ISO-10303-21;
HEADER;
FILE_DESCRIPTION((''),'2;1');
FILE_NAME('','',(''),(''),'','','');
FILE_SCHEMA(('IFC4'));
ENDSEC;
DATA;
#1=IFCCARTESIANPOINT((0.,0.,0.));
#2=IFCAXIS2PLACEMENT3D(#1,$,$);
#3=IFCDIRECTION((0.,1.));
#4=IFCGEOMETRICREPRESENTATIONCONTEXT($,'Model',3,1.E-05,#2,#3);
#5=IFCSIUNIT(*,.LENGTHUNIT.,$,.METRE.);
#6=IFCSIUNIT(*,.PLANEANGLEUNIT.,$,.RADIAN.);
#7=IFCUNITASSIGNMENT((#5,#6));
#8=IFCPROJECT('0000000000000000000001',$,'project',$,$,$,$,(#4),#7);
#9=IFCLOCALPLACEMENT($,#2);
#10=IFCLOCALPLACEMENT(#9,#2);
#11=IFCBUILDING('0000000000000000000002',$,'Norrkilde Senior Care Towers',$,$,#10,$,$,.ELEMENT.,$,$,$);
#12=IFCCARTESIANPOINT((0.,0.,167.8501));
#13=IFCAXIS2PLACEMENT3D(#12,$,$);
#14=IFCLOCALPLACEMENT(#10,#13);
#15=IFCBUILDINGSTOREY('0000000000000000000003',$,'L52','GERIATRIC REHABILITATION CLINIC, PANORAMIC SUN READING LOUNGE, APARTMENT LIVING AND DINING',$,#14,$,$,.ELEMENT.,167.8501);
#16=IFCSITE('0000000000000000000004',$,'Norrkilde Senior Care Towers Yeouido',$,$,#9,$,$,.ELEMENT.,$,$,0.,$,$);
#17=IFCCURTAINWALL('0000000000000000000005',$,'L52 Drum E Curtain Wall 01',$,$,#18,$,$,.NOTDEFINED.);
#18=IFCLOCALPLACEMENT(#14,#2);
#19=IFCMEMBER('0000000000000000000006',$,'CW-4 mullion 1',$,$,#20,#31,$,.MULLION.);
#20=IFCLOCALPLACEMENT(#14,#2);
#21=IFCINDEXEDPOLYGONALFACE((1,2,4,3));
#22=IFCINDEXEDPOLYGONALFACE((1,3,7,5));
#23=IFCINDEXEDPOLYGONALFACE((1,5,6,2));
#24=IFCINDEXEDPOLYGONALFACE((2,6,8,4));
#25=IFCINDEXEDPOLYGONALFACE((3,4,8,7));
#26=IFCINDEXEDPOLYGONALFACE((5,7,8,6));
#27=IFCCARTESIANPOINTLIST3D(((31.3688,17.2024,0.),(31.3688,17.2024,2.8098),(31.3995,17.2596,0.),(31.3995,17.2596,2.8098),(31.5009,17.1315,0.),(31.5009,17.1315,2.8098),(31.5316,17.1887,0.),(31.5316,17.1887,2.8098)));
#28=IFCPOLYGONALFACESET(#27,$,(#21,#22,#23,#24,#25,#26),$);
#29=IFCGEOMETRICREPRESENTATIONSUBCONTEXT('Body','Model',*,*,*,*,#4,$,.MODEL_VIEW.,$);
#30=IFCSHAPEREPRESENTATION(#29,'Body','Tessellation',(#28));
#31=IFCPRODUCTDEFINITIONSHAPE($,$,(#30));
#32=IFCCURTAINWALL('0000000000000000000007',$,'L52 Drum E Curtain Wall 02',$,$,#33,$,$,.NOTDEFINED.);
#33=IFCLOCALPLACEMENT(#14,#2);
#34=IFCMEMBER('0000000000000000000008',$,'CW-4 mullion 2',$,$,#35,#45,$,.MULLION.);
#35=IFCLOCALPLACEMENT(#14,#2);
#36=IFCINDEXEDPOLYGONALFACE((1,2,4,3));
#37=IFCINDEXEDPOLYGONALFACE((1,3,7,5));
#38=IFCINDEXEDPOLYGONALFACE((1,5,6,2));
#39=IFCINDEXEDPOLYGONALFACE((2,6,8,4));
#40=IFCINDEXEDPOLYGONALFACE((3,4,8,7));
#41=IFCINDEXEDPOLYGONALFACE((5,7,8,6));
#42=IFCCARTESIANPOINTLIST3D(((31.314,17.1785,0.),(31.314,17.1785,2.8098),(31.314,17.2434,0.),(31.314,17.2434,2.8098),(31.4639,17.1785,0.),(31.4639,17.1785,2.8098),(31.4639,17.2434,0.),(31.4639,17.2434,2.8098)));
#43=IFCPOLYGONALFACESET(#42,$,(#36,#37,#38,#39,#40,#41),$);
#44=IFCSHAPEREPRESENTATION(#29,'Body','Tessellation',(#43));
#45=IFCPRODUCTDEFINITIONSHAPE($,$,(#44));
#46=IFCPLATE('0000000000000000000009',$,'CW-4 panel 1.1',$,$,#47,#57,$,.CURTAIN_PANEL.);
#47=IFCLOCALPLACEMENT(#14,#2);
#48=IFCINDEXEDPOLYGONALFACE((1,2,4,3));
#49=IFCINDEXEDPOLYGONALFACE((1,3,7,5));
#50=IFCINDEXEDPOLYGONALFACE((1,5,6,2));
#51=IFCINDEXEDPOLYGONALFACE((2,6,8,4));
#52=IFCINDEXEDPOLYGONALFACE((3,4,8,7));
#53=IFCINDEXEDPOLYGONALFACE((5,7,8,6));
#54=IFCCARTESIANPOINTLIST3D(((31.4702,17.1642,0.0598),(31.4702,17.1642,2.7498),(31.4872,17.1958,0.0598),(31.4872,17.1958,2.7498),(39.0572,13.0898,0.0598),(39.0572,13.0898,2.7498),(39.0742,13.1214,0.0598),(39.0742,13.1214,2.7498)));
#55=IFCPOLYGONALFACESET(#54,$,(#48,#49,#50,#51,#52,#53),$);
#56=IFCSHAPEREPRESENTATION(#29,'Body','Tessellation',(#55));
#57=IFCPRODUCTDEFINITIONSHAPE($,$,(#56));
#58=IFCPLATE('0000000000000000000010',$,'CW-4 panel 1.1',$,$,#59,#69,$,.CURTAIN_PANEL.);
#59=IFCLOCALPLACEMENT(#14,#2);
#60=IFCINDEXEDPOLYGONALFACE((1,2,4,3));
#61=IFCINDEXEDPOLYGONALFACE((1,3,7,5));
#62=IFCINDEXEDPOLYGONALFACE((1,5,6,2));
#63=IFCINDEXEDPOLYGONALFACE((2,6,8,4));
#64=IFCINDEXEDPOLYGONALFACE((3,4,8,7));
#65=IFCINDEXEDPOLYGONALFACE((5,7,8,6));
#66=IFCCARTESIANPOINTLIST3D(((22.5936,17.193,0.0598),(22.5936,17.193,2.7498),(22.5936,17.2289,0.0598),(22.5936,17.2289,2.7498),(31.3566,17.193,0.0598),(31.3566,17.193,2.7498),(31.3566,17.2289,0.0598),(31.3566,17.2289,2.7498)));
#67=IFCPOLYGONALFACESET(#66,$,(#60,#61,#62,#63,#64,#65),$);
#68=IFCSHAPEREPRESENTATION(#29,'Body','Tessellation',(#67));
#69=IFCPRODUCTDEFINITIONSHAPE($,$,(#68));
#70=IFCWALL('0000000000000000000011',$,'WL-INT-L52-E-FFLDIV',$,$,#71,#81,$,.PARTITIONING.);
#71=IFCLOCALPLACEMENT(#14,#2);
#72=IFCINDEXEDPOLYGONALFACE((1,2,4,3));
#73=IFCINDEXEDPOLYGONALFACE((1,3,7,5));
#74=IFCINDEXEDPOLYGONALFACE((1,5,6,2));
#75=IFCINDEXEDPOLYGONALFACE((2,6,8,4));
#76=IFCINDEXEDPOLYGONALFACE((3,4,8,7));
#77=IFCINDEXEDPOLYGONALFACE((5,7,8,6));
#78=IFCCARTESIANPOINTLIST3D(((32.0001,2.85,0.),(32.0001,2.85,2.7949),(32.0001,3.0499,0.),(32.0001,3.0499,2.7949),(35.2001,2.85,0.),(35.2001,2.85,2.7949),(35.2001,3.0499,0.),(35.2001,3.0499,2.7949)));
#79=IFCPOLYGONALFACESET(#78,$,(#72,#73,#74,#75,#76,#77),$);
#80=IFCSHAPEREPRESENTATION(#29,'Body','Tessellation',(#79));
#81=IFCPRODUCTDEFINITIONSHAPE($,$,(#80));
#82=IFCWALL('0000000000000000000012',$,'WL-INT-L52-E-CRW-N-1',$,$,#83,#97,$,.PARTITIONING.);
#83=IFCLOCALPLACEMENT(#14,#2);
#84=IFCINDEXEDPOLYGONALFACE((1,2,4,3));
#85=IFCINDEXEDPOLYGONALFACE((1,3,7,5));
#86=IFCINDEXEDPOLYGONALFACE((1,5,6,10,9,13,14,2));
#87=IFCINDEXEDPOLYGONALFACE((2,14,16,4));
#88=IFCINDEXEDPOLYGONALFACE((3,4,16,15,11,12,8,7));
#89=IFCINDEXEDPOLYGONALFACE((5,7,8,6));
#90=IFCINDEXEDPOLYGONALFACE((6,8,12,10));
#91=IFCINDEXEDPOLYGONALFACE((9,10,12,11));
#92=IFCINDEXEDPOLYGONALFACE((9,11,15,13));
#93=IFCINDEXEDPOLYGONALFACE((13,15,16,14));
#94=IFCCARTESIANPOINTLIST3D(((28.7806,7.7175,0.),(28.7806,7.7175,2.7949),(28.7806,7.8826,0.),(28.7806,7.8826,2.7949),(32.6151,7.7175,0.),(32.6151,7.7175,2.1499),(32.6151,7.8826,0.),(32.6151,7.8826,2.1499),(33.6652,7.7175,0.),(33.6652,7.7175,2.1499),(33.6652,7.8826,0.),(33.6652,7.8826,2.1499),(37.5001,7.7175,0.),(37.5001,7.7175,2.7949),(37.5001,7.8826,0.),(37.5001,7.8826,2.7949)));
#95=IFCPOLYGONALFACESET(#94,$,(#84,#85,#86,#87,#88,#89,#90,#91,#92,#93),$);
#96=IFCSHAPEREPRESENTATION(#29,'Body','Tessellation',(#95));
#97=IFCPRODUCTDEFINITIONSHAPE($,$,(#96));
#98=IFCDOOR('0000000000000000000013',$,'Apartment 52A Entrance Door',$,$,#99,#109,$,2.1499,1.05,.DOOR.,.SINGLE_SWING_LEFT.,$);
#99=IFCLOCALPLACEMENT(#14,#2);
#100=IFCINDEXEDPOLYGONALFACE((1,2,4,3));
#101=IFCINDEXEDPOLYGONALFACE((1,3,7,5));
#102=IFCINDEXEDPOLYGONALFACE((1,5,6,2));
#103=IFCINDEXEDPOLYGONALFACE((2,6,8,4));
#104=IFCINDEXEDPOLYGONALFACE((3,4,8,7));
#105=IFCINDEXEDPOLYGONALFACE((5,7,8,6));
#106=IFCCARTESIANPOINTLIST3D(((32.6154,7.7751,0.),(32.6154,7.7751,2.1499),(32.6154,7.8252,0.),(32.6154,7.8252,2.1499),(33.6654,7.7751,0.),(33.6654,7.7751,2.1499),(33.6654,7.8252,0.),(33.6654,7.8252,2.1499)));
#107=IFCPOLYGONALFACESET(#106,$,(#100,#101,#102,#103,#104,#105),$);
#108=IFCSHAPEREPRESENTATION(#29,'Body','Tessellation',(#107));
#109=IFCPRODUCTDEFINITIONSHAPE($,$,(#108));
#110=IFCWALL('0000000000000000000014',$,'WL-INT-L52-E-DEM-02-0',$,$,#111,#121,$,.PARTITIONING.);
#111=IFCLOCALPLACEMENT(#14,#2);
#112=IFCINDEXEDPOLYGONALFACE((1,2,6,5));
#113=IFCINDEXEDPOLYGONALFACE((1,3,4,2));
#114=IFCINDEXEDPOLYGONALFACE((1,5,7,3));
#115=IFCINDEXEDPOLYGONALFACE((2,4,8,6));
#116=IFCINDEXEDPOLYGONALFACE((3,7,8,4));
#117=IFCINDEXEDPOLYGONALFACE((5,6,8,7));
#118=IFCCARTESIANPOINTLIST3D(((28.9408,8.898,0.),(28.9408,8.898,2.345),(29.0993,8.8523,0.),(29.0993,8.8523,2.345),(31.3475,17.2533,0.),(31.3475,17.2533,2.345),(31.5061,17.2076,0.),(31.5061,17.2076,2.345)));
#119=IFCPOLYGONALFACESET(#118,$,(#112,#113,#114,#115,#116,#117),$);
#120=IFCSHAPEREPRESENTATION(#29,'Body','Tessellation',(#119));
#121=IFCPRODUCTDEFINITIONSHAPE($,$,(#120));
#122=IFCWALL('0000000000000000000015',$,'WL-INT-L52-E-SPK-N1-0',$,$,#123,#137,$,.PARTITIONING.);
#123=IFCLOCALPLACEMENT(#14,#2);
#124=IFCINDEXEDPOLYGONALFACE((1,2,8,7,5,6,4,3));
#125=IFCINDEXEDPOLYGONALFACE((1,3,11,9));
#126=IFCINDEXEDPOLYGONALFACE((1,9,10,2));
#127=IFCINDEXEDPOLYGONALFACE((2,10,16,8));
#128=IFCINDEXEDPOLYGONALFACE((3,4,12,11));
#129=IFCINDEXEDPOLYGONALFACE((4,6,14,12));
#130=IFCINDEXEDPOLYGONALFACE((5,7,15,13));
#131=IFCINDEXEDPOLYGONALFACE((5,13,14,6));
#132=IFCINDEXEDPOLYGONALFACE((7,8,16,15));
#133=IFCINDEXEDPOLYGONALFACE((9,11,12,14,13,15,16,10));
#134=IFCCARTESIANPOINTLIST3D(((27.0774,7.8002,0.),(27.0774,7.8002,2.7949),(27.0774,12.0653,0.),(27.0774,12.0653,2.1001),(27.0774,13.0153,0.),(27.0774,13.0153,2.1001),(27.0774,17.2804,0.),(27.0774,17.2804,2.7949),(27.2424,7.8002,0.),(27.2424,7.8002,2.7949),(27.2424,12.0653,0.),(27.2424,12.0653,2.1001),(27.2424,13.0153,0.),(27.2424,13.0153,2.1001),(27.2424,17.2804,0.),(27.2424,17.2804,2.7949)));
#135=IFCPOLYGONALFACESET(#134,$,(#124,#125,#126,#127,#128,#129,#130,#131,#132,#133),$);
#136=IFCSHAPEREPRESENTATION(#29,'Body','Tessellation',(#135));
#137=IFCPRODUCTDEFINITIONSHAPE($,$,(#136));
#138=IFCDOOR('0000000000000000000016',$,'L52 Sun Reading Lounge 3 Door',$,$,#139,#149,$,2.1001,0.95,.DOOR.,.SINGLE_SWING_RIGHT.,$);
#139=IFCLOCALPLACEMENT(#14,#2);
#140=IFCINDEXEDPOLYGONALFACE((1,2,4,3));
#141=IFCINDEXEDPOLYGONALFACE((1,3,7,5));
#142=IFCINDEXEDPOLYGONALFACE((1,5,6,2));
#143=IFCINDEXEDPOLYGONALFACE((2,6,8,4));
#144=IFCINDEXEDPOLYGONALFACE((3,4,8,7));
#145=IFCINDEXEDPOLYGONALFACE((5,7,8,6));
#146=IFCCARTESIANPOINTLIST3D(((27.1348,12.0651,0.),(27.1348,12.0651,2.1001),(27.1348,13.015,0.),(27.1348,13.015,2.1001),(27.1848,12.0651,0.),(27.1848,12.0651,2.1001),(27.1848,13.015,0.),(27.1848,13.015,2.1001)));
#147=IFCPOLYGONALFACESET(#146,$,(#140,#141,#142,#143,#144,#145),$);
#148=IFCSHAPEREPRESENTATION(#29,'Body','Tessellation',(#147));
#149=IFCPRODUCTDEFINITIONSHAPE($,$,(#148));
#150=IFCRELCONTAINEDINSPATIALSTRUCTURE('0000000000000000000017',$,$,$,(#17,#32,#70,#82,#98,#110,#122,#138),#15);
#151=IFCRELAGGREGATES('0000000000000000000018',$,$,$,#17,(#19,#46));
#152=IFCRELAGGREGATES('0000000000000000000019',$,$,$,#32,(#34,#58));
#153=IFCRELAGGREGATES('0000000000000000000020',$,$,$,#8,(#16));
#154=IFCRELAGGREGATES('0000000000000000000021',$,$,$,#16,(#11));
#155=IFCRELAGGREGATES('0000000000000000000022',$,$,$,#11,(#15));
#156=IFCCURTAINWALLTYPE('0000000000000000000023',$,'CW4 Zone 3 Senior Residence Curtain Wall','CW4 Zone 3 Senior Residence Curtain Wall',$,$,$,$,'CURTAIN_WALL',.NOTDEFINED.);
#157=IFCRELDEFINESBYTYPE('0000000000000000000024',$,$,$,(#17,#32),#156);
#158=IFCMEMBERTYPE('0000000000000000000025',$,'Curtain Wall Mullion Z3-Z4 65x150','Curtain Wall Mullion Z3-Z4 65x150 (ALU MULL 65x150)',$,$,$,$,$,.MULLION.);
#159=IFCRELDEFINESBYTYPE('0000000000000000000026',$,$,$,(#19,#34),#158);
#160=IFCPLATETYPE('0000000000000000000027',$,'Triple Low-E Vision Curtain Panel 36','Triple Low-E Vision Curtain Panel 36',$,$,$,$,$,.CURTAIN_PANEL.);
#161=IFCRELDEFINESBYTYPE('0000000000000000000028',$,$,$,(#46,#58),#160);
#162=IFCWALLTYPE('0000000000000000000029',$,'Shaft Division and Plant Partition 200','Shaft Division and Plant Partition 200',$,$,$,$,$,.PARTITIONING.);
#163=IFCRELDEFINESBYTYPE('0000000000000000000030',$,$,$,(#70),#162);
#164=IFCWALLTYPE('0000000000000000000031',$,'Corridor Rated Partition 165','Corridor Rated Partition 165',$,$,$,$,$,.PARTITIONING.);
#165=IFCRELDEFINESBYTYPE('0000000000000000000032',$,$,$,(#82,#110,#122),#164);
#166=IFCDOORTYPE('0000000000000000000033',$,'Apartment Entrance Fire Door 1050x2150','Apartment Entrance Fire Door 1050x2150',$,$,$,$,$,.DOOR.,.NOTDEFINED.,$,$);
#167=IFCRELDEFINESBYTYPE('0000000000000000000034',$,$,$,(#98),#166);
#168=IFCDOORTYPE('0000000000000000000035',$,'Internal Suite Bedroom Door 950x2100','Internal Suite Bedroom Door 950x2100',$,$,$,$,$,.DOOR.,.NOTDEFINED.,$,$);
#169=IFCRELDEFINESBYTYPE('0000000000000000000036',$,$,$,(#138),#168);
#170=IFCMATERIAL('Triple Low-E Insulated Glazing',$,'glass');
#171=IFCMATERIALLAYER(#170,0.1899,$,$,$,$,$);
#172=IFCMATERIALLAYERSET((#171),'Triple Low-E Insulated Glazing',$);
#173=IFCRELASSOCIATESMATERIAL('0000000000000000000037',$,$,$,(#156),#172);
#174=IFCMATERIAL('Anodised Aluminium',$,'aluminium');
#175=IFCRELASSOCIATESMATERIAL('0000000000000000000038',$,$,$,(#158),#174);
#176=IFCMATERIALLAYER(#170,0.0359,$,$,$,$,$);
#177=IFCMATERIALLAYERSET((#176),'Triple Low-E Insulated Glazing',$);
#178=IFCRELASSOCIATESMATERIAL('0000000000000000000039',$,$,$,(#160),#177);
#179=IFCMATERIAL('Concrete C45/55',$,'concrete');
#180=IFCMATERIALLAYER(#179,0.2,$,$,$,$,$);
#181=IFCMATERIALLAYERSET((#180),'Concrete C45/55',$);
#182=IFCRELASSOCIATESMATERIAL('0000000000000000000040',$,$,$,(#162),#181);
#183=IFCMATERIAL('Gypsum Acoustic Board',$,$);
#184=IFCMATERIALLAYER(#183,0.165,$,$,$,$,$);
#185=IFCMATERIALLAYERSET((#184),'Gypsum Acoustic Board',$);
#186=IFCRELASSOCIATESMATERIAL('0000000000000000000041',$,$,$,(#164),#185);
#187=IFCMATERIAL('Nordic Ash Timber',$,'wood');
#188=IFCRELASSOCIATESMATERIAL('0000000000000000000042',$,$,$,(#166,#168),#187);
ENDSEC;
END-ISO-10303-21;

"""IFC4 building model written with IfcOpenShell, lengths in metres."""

from ifc_helpers import new_model, si_unit, direction, frame, frame_2d, origin, origin_2d, place, context, subcontext, project, spatial, rectangle, extrude, source, transform, mapped, material, layer, layer_set, material_profile, profile_set, type_object, type_shapes, element, fill, aggregate, save


model = new_model("IFC4")

# Units and contexts
model_context = context("Model", 3, precision=1e-05, world=origin(), true_north=direction((0.0, 1.0)))
body_context = subcontext(model_context, "Body", "Model", "MODEL_VIEW")
ifc_project = project(units=[si_unit("LENGTHUNIT", "METRE"), si_unit("PLANEANGLEUNIT", "RADIAN")], contexts=[model_context])

# Site, building, storey
site_placement = place(None, origin())
site = spatial("IfcSite", under=ifc_project, at=site_placement, Name="Norrkilde Senior Care Towers Yeouido", CompositionType="ELEMENT", RefElevation=0.0)
building_placement = place(site_placement, origin())
building = spatial("IfcBuilding", under=site, at=building_placement, Name="Norrkilde Senior Care Towers", CompositionType="ELEMENT")
storey_placement = place(building_placement, frame((0.0, 0.0, 167.8501)))
storey = spatial("IfcBuildingStorey", under=building, at=storey_placement, Name="L52", Description="GERIATRIC REHABILITATION CLINIC, PANORAMIC SUN READING LOUNGE, APARTMENT LIVING AND DINING", CompositionType="ELEMENT", Elevation=167.8501)

# Curtain wall, member
ifc_material_1 = material(Name="Triple Low-E Insulated Glazing", Category="glass")
ifc_layer_1 = layer(ifc_material_1, 0.1899)
ifc_layer_set_1 = layer_set([ifc_layer_1], Name="Triple Low-E Insulated Glazing")
curtain_wall_type = type_object("IfcCurtainWallType", Name="CW4 Zone 3 Senior Residence Curtain Wall", Description="CW4 Zone 3 Senior Residence Curtain Wall", ElementType="CURTAIN_WALL", PredefinedType="NOTDEFINED", material=ifc_layer_set_1)
curtain_wall_1_placement = place(storey_placement, origin())
curtain_wall_1 = element("IfcCurtainWall", 1, at=curtain_wall_1_placement, inside=storey, type_object=curtain_wall_type, Name="L52 Drum E Curtain Wall 01", PredefinedType="NOTDEFINED")
ifc_material_2 = material(Name="Anodised Aluminium", Category="aluminium")
ifc_material_profile_1 = material_profile(ifc_material_2, rectangle(XDim=0.0649, YDim=0.1499, at=origin_2d()), Name="ALU MULL 65x150")
ifc_profile_set_1 = profile_set([ifc_material_profile_1], Name="Anodised Aluminium")
member_type_1 = type_object("IfcMemberType", Name="Curtain Wall Mullion Z3-Z4 65x150", Description="Curtain Wall Mullion Z3-Z4 65x150 (ALU MULL 65x150)", PredefinedType="MULLION", material=ifc_profile_set_1)
shared_shape_1 = source(origin(), body_context, "Body", "SweptSolid", [
    extrude(rectangle(XDim=0.0649, YDim=0.1499, at=origin_2d()), origin(), (0.0, 0.0, 1.0), 2.8098),
])
type_shapes(member_type_1, [shared_shape_1])
member_1_placement = place(storey_placement, frame((31.4502, 17.1956, 0.0), z_axis=(0.0, 0.0, 1.0), x_axis=(0.473117, 0.881, 0.0)))
member_1 = element("IfcMember", 2, at=member_1_placement, type_object=member_type_1, Name="CW-4 mullion 1", PredefinedType="MULLION", context=body_context, shape_type="MappedRepresentation", body=[
    mapped(shared_shape_1, transform((0.0, 0.0, 0.0), x_axis=(1.0, 0.0, 0.0), y_axis=(0.0, 1.0, 0.0), z_axis=(0.0, 0.0, 1.0), scale=1.0)),
])

# Curtain wall, member
curtain_wall_2_placement = place(storey_placement, origin())
curtain_wall_2 = element("IfcCurtainWall", 3, at=curtain_wall_2_placement, inside=storey, type_object=curtain_wall_type, Name="L52 Drum E Curtain Wall 02", PredefinedType="NOTDEFINED")
member_2_placement = place(storey_placement, frame((31.3889, 17.2109, 0.0), z_axis=(0.0, 0.0, 1.0), x_axis=(0.0, 1.0, 0.0)))
member_2 = element("IfcMember", 4, at=member_2_placement, type_object=member_type_1, Name="CW-4 mullion 2", PredefinedType="MULLION", context=body_context, shape_type="MappedRepresentation", body=[
    mapped(shared_shape_1, transform((0.0, 0.0, 0.0), x_axis=(1.0, 0.0, 0.0), y_axis=(0.0, 1.0, 0.0), z_axis=(0.0, 0.0, 1.0), scale=1.0)),
])

# Plates
ifc_layer_2 = layer(ifc_material_1, 0.0359)
ifc_layer_set_2 = layer_set([ifc_layer_2], Name="Triple Low-E Insulated Glazing")
plate_type = type_object("IfcPlateType", Name="Triple Low-E Vision Curtain Panel 36", Description="Triple Low-E Vision Curtain Panel 36", PredefinedType="CURTAIN_PANEL", material=ifc_layer_set_2)
shared_shape_2 = source(origin(), body_context, "Body", "SweptSolid", [
    extrude(rectangle(XDim=8.6118, YDim=0.0359, at=origin_2d()), origin(), (0.0, 0.0, 1.0), 2.6899),
])
plate_1_placement = place(storey_placement, frame((35.2722, 15.1428, 0.0598), z_axis=(0.0, 0.0, 1.0), x_axis=(0.881, -0.473117, 0.0)))
plate_1 = element("IfcPlate", 5, at=plate_1_placement, type_object=plate_type, Name="CW-4 panel 1.1", PredefinedType="CURTAIN_PANEL", context=body_context, shape_type="MappedRepresentation", body=[
    mapped(shared_shape_2, transform((0.0, 0.0, 0.0), x_axis=(1.0, 0.0, 0.0), y_axis=(0.0, 1.0, 0.0), z_axis=(0.0, 0.0, 1.0), scale=1.0)),
])
aggregate(curtain_wall_1, [member_1, plate_1])
shared_shape_3 = source(origin(), body_context, "Body", "SweptSolid", [
    extrude(rectangle(XDim=8.7629, YDim=0.0359, at=origin_2d()), origin(), (0.0, 0.0, 1.0), 2.6899),
])
type_shapes(plate_type, [shared_shape_2, shared_shape_3])
plate_2_placement = place(storey_placement, frame((26.9751, 17.2109, 0.0598), z_axis=(0.0, 0.0, 1.0), x_axis=(1.0, 0.0, 0.0)))
plate_2 = element("IfcPlate", 6, at=plate_2_placement, type_object=plate_type, Name="CW-4 panel 1.1", PredefinedType="CURTAIN_PANEL", context=body_context, shape_type="MappedRepresentation", body=[
    mapped(shared_shape_3, transform((0.0, 0.0, 0.0), x_axis=(1.0, 0.0, 0.0), y_axis=(0.0, 1.0, 0.0), z_axis=(0.0, 0.0, 1.0), scale=1.0)),
])
aggregate(curtain_wall_2, [member_2, plate_2])

# Wall
ifc_material_3 = material(Name="Concrete C45/55", Category="concrete")
ifc_layer_3 = layer(ifc_material_3, 0.2)
ifc_layer_set_3 = layer_set([ifc_layer_3], Name="Concrete C45/55")
wall_type_1 = type_object("IfcWallType", Name="Shaft Division and Plant Partition 200", Description="Shaft Division and Plant Partition 200", PredefinedType="PARTITIONING", material=ifc_layer_set_3)
shared_shape_4 = source(origin(), body_context, "Body", "SweptSolid", [
    extrude(rectangle(XDim=3.2, YDim=0.2, at=frame_2d((1.6001, 0.0))), origin(), (0.0, 0.0, 1.0), 2.7949),
])
type_shapes(wall_type_1, [shared_shape_4])
wall_1_placement = place(storey_placement, frame((32.0, 2.95, 0.0), z_axis=(0.0, 0.0, 1.0), x_axis=(1.0, 0.0, 0.0)))
element("IfcWall", 7, at=wall_1_placement, inside=storey, type_object=wall_type_1, Name="WL-INT-L52-E-FFLDIV", PredefinedType="PARTITIONING", context=body_context, shape_type="MappedRepresentation", body=[
    mapped(shared_shape_4, transform((0.0, 0.0, 0.0), x_axis=(1.0, 0.0, 0.0), y_axis=(0.0, 1.0, 0.0), z_axis=(0.0, 0.0, 1.0), scale=1.0)),
])

# Wall, opening, door
ifc_material_4 = material(Name="Gypsum Acoustic Board")
ifc_layer_4 = layer(ifc_material_4, 0.165)
ifc_layer_set_4 = layer_set([ifc_layer_4], Name="Gypsum Acoustic Board")
wall_type_2 = type_object("IfcWallType", Name="Corridor Rated Partition 165", Description="Corridor Rated Partition 165", PredefinedType="PARTITIONING", material=ifc_layer_set_4)
shared_shape_5 = source(origin(), body_context, "Body", "SweptSolid", [
    extrude(rectangle(XDim=8.7195, YDim=0.165, at=frame_2d((4.3599, 0.0))), origin(), (0.0, 0.0, 1.0), 2.7949),
])
wall_2_placement = place(storey_placement, frame((28.7805, 7.8, 0.0), z_axis=(0.0, 0.0, 1.0), x_axis=(1.0, 0.0, 0.0)))
wall_2 = element("IfcWall", 8, at=wall_2_placement, inside=storey, type_object=wall_type_2, Name="WL-INT-L52-E-CRW-N-1", PredefinedType="PARTITIONING", context=body_context, shape_type="MappedRepresentation", body=[
    mapped(shared_shape_5, transform((0.0, 0.0, 0.0), x_axis=(1.0, 0.0, 0.0), y_axis=(0.0, 1.0, 0.0), z_axis=(0.0, 0.0, 1.0), scale=1.0)),
])
opening_1_placement = place(wall_2_placement, frame((3.8347, 0.0, 0.0)))
opening_1 = element("IfcOpeningElement", 9, at=opening_1_placement, cuts=wall_2, PredefinedType="OPENING", context=body_context, shape_type="SweptSolid", body=[
    extrude(rectangle(XDim=1.05, YDim=2.1499, at=frame_2d((0.5249, 1.075))), frame((0.0, 0.0925, 0.0), z_axis=(0.0, -1.0, 0.0), x_axis=(1.0, 0.0, 0.0)), (0.0, 0.0, 1.0), 0.1851),
])
ifc_material_5 = material(Name="Nordic Ash Timber", Category="wood")
door_type_1 = type_object("IfcDoorType", Name="Apartment Entrance Fire Door 1050x2150", Description="Apartment Entrance Fire Door 1050x2150", OperationType="NOTDEFINED", PredefinedType="DOOR", material=ifc_material_5)
shared_shape_6 = source(origin(), body_context, "Body", "SweptSolid", [
    extrude(rectangle(XDim=1.05, YDim=2.1499, at=frame_2d((0.5249, 1.075))), frame((0.0, 0.0249, 0.0), z_axis=(0.0, -1.0, 0.0), x_axis=(1.0, 0.0, 0.0)), (0.0, 0.0, 1.0), 0.05),
])
type_shapes(door_type_1, [shared_shape_6])
door_1_placement = place(opening_1_placement, frame((1.05, 0.0, 0.0), z_axis=(0.0, 0.0, 1.0), x_axis=(-1.0, 0.0, 0.0)))
door_1 = element("IfcDoor", 10, at=door_1_placement, inside=storey, type_object=door_type_1, Name="Apartment 52A Entrance Door", OperationType="SINGLE_SWING_LEFT", OverallHeight=2.1499, OverallWidth=1.05, PredefinedType="DOOR", context=body_context, shape_type="MappedRepresentation", body=[
    mapped(shared_shape_6, transform((0.0, 0.0, 0.0), x_axis=(1.0, 0.0, 0.0), y_axis=(0.0, 1.0, 0.0), z_axis=(0.0, 0.0, 1.0), scale=1.0)),
])
fill(opening_1, door_1)

# Wall
shared_shape_7 = source(origin(), body_context, "Body", "SweptSolid", [
    extrude(rectangle(XDim=8.6951, YDim=0.165, at=frame_2d((4.3477, 0.0))), origin(), (0.0, 0.0, 1.0), 2.345),
])
wall_3_placement = place(storey_placement, frame((29.02, 8.875, 0.0), z_axis=(0.0, 0.0, 1.0), x_axis=(0.276797, 0.960928, 0.0)))
element("IfcWall", 11, at=wall_3_placement, inside=storey, type_object=wall_type_2, Name="WL-INT-L52-E-DEM-02-0", PredefinedType="PARTITIONING", context=body_context, shape_type="MappedRepresentation", body=[
    mapped(shared_shape_7, transform((0.0, 0.0, 0.0), x_axis=(1.0, 0.0, 0.0), y_axis=(0.0, 1.0, 0.0), z_axis=(0.0, 0.0, 1.0), scale=1.0)),
])

# Wall, opening, door
shared_shape_8 = source(origin(), body_context, "Body", "SweptSolid", [
    extrude(rectangle(XDim=9.4802, YDim=0.165, at=frame_2d((4.7402, 0.0))), origin(), (0.0, 0.0, 1.0), 2.7949),
])
type_shapes(wall_type_2, [shared_shape_5, shared_shape_7, shared_shape_8])
wall_4_placement = place(storey_placement, frame((27.1599, 7.8, 0.0), z_axis=(0.0, 0.0, 1.0), x_axis=(0.0, 1.0, 0.0)))
wall_4 = element("IfcWall", 12, at=wall_4_placement, inside=storey, type_object=wall_type_2, Name="WL-INT-L52-E-SPK-N1-0", PredefinedType="PARTITIONING", context=body_context, shape_type="MappedRepresentation", body=[
    mapped(shared_shape_8, transform((0.0, 0.0, 0.0), x_axis=(1.0, 0.0, 0.0), y_axis=(0.0, 1.0, 0.0), z_axis=(0.0, 0.0, 1.0), scale=1.0)),
])
opening_2_placement = place(wall_4_placement, frame((4.2651, 0.0, 0.0)))
opening_2 = element("IfcOpeningElement", 13, at=opening_2_placement, cuts=wall_4, PredefinedType="OPENING", context=body_context, shape_type="SweptSolid", body=[
    extrude(rectangle(XDim=0.95, YDim=2.1001, at=frame_2d((0.4751, 1.05))), frame((0.0, 0.0925, 0.0), z_axis=(0.0, -1.0, 0.0), x_axis=(1.0, 0.0, 0.0)), (0.0, 0.0, 1.0), 0.1851),
])
door_type_2 = type_object("IfcDoorType", Name="Internal Suite Bedroom Door 950x2100", Description="Internal Suite Bedroom Door 950x2100", OperationType="NOTDEFINED", PredefinedType="DOOR", material=ifc_material_5)
shared_shape_9 = source(origin(), body_context, "Body", "SweptSolid", [
    extrude(rectangle(XDim=0.95, YDim=2.1001, at=frame_2d((0.4751, 1.05))), frame((0.0, 0.0249, 0.0), z_axis=(0.0, -1.0, 0.0), x_axis=(1.0, 0.0, 0.0)), (0.0, 0.0, 1.0), 0.05),
])
type_shapes(door_type_2, [shared_shape_9])
door_2_placement = place(opening_2_placement, frame((0.95, 0.0, 0.0), z_axis=(0.0, 0.0, 1.0), x_axis=(-1.0, 0.0, 0.0)))
door_2 = element("IfcDoor", 14, at=door_2_placement, inside=storey, type_object=door_type_2, Name="L52 Sun Reading Lounge 3 Door", OperationType="SINGLE_SWING_RIGHT", OverallHeight=2.1001, OverallWidth=0.95, PredefinedType="DOOR", context=body_context, shape_type="MappedRepresentation", body=[
    mapped(shared_shape_9, transform((0.0, 0.0, 0.0), x_axis=(1.0, 0.0, 0.0), y_axis=(0.0, 1.0, 0.0), z_axis=(0.0, 0.0, 1.0), scale=1.0)),
])
fill(opening_2, door_2)

save(model, "model.ifc")
